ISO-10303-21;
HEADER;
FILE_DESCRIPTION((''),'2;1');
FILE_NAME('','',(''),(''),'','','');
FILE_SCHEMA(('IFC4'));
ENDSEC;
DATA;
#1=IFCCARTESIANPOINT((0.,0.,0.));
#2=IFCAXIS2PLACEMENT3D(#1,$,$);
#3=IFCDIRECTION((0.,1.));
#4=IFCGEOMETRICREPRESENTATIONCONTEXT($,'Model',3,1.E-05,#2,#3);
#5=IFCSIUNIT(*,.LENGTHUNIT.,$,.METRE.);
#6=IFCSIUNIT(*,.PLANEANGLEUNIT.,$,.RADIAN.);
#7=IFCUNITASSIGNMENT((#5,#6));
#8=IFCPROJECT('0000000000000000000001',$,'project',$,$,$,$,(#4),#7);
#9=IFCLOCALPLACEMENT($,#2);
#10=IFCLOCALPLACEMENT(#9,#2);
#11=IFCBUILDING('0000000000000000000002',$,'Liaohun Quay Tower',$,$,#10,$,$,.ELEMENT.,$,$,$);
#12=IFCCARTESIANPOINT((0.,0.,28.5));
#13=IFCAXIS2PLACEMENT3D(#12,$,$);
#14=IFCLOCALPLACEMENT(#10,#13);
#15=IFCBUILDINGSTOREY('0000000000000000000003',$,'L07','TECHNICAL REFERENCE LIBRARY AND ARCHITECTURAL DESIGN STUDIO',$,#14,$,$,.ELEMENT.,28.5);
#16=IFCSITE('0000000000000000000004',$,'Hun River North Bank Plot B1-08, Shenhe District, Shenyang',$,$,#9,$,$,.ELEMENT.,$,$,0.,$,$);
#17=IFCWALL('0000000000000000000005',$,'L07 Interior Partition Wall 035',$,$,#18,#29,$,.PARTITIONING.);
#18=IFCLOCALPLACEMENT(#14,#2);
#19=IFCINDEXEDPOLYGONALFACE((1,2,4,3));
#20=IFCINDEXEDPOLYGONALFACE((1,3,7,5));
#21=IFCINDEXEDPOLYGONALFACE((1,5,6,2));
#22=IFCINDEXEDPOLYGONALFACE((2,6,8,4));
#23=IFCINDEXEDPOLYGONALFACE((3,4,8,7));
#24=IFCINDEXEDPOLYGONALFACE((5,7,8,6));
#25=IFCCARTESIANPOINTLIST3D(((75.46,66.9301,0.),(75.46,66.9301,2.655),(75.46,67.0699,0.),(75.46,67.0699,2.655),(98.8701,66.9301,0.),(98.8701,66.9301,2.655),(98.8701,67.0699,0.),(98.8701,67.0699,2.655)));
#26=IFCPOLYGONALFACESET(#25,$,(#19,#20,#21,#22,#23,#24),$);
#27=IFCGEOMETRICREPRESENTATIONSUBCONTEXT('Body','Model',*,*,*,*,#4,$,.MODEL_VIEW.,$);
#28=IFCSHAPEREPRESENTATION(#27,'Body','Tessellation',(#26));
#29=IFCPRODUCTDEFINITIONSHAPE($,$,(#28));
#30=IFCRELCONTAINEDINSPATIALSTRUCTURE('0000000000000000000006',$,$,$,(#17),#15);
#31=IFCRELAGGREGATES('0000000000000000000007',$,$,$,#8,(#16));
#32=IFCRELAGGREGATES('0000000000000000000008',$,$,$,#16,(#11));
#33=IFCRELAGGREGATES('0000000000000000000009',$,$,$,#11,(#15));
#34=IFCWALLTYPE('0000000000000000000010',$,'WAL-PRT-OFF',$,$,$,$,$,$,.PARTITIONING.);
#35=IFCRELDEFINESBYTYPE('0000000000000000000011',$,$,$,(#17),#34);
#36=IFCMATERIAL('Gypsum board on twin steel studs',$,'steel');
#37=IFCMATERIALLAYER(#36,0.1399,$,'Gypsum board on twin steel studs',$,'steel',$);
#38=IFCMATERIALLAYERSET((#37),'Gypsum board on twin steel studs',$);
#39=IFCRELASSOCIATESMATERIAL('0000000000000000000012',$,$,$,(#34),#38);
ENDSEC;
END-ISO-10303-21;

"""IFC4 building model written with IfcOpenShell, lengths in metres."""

from ifc_helpers import new_model, si_unit, direction, frame, frame_2d, origin, place, context, subcontext, project, spatial, rectangle, extrude, material, layer, layer_set, type_object, element, save


model = new_model("IFC4")

# Units and contexts
model_context = context("Model", 3, precision=1e-05, world=origin(), true_north=direction((0.0, 1.0)))
body_context = subcontext(model_context, "Body", "Model", "MODEL_VIEW")
ifc_project = project(units=[si_unit("LENGTHUNIT", "METRE"), si_unit("PLANEANGLEUNIT", "RADIAN")], contexts=[model_context])

# Site, building, storey
site_placement = place(None, origin())
site = spatial("IfcSite", under=ifc_project, at=site_placement, Name="Hun River North Bank Plot B1-08, Shenhe District, Shenyang", CompositionType="ELEMENT", RefElevation=0.0)
building_placement = place(site_placement, origin())
building = spatial("IfcBuilding", under=site, at=building_placement, Name="Liaohun Quay Tower", CompositionType="ELEMENT")
storey_placement = place(building_placement, frame((0.0, 0.0, 28.5)))
storey = spatial("IfcBuildingStorey", under=building, at=storey_placement, Name="L07", Description="TECHNICAL REFERENCE LIBRARY AND ARCHITECTURAL DESIGN STUDIO", CompositionType="ELEMENT", Elevation=28.5)

# Wall
ifc_material_1 = material(Name="Gypsum board on twin steel studs", Category="steel")
ifc_layer_1 = layer(ifc_material_1, 0.1399, Name="Gypsum board on twin steel studs", Category="steel")
ifc_layer_set_1 = layer_set([ifc_layer_1], Name="Gypsum board on twin steel studs")
wall_type_1 = type_object("IfcWallType", Name="WAL-PRT-OFF", PredefinedType="PARTITIONING", material=ifc_layer_set_1)
wall_1_placement = place(storey_placement, frame((75.46, 67.0, 0.0), z_axis=(0.0, 0.0, 1.0), x_axis=(1.0, 0.0, 0.0)))
element("IfcWall", 1, at=wall_1_placement, inside=storey, type_object=wall_type_1, Name="L07 Interior Partition Wall 035", PredefinedType="PARTITIONING", context=body_context, shape_type="SweptSolid", body=[
    extrude(rectangle(XDim=23.4102, YDim=0.1399, at=frame_2d((11.7051, 0.0))), origin(), (0.0, 0.0, 1.0), 2.655),
])

save(model, "model.ifc")
